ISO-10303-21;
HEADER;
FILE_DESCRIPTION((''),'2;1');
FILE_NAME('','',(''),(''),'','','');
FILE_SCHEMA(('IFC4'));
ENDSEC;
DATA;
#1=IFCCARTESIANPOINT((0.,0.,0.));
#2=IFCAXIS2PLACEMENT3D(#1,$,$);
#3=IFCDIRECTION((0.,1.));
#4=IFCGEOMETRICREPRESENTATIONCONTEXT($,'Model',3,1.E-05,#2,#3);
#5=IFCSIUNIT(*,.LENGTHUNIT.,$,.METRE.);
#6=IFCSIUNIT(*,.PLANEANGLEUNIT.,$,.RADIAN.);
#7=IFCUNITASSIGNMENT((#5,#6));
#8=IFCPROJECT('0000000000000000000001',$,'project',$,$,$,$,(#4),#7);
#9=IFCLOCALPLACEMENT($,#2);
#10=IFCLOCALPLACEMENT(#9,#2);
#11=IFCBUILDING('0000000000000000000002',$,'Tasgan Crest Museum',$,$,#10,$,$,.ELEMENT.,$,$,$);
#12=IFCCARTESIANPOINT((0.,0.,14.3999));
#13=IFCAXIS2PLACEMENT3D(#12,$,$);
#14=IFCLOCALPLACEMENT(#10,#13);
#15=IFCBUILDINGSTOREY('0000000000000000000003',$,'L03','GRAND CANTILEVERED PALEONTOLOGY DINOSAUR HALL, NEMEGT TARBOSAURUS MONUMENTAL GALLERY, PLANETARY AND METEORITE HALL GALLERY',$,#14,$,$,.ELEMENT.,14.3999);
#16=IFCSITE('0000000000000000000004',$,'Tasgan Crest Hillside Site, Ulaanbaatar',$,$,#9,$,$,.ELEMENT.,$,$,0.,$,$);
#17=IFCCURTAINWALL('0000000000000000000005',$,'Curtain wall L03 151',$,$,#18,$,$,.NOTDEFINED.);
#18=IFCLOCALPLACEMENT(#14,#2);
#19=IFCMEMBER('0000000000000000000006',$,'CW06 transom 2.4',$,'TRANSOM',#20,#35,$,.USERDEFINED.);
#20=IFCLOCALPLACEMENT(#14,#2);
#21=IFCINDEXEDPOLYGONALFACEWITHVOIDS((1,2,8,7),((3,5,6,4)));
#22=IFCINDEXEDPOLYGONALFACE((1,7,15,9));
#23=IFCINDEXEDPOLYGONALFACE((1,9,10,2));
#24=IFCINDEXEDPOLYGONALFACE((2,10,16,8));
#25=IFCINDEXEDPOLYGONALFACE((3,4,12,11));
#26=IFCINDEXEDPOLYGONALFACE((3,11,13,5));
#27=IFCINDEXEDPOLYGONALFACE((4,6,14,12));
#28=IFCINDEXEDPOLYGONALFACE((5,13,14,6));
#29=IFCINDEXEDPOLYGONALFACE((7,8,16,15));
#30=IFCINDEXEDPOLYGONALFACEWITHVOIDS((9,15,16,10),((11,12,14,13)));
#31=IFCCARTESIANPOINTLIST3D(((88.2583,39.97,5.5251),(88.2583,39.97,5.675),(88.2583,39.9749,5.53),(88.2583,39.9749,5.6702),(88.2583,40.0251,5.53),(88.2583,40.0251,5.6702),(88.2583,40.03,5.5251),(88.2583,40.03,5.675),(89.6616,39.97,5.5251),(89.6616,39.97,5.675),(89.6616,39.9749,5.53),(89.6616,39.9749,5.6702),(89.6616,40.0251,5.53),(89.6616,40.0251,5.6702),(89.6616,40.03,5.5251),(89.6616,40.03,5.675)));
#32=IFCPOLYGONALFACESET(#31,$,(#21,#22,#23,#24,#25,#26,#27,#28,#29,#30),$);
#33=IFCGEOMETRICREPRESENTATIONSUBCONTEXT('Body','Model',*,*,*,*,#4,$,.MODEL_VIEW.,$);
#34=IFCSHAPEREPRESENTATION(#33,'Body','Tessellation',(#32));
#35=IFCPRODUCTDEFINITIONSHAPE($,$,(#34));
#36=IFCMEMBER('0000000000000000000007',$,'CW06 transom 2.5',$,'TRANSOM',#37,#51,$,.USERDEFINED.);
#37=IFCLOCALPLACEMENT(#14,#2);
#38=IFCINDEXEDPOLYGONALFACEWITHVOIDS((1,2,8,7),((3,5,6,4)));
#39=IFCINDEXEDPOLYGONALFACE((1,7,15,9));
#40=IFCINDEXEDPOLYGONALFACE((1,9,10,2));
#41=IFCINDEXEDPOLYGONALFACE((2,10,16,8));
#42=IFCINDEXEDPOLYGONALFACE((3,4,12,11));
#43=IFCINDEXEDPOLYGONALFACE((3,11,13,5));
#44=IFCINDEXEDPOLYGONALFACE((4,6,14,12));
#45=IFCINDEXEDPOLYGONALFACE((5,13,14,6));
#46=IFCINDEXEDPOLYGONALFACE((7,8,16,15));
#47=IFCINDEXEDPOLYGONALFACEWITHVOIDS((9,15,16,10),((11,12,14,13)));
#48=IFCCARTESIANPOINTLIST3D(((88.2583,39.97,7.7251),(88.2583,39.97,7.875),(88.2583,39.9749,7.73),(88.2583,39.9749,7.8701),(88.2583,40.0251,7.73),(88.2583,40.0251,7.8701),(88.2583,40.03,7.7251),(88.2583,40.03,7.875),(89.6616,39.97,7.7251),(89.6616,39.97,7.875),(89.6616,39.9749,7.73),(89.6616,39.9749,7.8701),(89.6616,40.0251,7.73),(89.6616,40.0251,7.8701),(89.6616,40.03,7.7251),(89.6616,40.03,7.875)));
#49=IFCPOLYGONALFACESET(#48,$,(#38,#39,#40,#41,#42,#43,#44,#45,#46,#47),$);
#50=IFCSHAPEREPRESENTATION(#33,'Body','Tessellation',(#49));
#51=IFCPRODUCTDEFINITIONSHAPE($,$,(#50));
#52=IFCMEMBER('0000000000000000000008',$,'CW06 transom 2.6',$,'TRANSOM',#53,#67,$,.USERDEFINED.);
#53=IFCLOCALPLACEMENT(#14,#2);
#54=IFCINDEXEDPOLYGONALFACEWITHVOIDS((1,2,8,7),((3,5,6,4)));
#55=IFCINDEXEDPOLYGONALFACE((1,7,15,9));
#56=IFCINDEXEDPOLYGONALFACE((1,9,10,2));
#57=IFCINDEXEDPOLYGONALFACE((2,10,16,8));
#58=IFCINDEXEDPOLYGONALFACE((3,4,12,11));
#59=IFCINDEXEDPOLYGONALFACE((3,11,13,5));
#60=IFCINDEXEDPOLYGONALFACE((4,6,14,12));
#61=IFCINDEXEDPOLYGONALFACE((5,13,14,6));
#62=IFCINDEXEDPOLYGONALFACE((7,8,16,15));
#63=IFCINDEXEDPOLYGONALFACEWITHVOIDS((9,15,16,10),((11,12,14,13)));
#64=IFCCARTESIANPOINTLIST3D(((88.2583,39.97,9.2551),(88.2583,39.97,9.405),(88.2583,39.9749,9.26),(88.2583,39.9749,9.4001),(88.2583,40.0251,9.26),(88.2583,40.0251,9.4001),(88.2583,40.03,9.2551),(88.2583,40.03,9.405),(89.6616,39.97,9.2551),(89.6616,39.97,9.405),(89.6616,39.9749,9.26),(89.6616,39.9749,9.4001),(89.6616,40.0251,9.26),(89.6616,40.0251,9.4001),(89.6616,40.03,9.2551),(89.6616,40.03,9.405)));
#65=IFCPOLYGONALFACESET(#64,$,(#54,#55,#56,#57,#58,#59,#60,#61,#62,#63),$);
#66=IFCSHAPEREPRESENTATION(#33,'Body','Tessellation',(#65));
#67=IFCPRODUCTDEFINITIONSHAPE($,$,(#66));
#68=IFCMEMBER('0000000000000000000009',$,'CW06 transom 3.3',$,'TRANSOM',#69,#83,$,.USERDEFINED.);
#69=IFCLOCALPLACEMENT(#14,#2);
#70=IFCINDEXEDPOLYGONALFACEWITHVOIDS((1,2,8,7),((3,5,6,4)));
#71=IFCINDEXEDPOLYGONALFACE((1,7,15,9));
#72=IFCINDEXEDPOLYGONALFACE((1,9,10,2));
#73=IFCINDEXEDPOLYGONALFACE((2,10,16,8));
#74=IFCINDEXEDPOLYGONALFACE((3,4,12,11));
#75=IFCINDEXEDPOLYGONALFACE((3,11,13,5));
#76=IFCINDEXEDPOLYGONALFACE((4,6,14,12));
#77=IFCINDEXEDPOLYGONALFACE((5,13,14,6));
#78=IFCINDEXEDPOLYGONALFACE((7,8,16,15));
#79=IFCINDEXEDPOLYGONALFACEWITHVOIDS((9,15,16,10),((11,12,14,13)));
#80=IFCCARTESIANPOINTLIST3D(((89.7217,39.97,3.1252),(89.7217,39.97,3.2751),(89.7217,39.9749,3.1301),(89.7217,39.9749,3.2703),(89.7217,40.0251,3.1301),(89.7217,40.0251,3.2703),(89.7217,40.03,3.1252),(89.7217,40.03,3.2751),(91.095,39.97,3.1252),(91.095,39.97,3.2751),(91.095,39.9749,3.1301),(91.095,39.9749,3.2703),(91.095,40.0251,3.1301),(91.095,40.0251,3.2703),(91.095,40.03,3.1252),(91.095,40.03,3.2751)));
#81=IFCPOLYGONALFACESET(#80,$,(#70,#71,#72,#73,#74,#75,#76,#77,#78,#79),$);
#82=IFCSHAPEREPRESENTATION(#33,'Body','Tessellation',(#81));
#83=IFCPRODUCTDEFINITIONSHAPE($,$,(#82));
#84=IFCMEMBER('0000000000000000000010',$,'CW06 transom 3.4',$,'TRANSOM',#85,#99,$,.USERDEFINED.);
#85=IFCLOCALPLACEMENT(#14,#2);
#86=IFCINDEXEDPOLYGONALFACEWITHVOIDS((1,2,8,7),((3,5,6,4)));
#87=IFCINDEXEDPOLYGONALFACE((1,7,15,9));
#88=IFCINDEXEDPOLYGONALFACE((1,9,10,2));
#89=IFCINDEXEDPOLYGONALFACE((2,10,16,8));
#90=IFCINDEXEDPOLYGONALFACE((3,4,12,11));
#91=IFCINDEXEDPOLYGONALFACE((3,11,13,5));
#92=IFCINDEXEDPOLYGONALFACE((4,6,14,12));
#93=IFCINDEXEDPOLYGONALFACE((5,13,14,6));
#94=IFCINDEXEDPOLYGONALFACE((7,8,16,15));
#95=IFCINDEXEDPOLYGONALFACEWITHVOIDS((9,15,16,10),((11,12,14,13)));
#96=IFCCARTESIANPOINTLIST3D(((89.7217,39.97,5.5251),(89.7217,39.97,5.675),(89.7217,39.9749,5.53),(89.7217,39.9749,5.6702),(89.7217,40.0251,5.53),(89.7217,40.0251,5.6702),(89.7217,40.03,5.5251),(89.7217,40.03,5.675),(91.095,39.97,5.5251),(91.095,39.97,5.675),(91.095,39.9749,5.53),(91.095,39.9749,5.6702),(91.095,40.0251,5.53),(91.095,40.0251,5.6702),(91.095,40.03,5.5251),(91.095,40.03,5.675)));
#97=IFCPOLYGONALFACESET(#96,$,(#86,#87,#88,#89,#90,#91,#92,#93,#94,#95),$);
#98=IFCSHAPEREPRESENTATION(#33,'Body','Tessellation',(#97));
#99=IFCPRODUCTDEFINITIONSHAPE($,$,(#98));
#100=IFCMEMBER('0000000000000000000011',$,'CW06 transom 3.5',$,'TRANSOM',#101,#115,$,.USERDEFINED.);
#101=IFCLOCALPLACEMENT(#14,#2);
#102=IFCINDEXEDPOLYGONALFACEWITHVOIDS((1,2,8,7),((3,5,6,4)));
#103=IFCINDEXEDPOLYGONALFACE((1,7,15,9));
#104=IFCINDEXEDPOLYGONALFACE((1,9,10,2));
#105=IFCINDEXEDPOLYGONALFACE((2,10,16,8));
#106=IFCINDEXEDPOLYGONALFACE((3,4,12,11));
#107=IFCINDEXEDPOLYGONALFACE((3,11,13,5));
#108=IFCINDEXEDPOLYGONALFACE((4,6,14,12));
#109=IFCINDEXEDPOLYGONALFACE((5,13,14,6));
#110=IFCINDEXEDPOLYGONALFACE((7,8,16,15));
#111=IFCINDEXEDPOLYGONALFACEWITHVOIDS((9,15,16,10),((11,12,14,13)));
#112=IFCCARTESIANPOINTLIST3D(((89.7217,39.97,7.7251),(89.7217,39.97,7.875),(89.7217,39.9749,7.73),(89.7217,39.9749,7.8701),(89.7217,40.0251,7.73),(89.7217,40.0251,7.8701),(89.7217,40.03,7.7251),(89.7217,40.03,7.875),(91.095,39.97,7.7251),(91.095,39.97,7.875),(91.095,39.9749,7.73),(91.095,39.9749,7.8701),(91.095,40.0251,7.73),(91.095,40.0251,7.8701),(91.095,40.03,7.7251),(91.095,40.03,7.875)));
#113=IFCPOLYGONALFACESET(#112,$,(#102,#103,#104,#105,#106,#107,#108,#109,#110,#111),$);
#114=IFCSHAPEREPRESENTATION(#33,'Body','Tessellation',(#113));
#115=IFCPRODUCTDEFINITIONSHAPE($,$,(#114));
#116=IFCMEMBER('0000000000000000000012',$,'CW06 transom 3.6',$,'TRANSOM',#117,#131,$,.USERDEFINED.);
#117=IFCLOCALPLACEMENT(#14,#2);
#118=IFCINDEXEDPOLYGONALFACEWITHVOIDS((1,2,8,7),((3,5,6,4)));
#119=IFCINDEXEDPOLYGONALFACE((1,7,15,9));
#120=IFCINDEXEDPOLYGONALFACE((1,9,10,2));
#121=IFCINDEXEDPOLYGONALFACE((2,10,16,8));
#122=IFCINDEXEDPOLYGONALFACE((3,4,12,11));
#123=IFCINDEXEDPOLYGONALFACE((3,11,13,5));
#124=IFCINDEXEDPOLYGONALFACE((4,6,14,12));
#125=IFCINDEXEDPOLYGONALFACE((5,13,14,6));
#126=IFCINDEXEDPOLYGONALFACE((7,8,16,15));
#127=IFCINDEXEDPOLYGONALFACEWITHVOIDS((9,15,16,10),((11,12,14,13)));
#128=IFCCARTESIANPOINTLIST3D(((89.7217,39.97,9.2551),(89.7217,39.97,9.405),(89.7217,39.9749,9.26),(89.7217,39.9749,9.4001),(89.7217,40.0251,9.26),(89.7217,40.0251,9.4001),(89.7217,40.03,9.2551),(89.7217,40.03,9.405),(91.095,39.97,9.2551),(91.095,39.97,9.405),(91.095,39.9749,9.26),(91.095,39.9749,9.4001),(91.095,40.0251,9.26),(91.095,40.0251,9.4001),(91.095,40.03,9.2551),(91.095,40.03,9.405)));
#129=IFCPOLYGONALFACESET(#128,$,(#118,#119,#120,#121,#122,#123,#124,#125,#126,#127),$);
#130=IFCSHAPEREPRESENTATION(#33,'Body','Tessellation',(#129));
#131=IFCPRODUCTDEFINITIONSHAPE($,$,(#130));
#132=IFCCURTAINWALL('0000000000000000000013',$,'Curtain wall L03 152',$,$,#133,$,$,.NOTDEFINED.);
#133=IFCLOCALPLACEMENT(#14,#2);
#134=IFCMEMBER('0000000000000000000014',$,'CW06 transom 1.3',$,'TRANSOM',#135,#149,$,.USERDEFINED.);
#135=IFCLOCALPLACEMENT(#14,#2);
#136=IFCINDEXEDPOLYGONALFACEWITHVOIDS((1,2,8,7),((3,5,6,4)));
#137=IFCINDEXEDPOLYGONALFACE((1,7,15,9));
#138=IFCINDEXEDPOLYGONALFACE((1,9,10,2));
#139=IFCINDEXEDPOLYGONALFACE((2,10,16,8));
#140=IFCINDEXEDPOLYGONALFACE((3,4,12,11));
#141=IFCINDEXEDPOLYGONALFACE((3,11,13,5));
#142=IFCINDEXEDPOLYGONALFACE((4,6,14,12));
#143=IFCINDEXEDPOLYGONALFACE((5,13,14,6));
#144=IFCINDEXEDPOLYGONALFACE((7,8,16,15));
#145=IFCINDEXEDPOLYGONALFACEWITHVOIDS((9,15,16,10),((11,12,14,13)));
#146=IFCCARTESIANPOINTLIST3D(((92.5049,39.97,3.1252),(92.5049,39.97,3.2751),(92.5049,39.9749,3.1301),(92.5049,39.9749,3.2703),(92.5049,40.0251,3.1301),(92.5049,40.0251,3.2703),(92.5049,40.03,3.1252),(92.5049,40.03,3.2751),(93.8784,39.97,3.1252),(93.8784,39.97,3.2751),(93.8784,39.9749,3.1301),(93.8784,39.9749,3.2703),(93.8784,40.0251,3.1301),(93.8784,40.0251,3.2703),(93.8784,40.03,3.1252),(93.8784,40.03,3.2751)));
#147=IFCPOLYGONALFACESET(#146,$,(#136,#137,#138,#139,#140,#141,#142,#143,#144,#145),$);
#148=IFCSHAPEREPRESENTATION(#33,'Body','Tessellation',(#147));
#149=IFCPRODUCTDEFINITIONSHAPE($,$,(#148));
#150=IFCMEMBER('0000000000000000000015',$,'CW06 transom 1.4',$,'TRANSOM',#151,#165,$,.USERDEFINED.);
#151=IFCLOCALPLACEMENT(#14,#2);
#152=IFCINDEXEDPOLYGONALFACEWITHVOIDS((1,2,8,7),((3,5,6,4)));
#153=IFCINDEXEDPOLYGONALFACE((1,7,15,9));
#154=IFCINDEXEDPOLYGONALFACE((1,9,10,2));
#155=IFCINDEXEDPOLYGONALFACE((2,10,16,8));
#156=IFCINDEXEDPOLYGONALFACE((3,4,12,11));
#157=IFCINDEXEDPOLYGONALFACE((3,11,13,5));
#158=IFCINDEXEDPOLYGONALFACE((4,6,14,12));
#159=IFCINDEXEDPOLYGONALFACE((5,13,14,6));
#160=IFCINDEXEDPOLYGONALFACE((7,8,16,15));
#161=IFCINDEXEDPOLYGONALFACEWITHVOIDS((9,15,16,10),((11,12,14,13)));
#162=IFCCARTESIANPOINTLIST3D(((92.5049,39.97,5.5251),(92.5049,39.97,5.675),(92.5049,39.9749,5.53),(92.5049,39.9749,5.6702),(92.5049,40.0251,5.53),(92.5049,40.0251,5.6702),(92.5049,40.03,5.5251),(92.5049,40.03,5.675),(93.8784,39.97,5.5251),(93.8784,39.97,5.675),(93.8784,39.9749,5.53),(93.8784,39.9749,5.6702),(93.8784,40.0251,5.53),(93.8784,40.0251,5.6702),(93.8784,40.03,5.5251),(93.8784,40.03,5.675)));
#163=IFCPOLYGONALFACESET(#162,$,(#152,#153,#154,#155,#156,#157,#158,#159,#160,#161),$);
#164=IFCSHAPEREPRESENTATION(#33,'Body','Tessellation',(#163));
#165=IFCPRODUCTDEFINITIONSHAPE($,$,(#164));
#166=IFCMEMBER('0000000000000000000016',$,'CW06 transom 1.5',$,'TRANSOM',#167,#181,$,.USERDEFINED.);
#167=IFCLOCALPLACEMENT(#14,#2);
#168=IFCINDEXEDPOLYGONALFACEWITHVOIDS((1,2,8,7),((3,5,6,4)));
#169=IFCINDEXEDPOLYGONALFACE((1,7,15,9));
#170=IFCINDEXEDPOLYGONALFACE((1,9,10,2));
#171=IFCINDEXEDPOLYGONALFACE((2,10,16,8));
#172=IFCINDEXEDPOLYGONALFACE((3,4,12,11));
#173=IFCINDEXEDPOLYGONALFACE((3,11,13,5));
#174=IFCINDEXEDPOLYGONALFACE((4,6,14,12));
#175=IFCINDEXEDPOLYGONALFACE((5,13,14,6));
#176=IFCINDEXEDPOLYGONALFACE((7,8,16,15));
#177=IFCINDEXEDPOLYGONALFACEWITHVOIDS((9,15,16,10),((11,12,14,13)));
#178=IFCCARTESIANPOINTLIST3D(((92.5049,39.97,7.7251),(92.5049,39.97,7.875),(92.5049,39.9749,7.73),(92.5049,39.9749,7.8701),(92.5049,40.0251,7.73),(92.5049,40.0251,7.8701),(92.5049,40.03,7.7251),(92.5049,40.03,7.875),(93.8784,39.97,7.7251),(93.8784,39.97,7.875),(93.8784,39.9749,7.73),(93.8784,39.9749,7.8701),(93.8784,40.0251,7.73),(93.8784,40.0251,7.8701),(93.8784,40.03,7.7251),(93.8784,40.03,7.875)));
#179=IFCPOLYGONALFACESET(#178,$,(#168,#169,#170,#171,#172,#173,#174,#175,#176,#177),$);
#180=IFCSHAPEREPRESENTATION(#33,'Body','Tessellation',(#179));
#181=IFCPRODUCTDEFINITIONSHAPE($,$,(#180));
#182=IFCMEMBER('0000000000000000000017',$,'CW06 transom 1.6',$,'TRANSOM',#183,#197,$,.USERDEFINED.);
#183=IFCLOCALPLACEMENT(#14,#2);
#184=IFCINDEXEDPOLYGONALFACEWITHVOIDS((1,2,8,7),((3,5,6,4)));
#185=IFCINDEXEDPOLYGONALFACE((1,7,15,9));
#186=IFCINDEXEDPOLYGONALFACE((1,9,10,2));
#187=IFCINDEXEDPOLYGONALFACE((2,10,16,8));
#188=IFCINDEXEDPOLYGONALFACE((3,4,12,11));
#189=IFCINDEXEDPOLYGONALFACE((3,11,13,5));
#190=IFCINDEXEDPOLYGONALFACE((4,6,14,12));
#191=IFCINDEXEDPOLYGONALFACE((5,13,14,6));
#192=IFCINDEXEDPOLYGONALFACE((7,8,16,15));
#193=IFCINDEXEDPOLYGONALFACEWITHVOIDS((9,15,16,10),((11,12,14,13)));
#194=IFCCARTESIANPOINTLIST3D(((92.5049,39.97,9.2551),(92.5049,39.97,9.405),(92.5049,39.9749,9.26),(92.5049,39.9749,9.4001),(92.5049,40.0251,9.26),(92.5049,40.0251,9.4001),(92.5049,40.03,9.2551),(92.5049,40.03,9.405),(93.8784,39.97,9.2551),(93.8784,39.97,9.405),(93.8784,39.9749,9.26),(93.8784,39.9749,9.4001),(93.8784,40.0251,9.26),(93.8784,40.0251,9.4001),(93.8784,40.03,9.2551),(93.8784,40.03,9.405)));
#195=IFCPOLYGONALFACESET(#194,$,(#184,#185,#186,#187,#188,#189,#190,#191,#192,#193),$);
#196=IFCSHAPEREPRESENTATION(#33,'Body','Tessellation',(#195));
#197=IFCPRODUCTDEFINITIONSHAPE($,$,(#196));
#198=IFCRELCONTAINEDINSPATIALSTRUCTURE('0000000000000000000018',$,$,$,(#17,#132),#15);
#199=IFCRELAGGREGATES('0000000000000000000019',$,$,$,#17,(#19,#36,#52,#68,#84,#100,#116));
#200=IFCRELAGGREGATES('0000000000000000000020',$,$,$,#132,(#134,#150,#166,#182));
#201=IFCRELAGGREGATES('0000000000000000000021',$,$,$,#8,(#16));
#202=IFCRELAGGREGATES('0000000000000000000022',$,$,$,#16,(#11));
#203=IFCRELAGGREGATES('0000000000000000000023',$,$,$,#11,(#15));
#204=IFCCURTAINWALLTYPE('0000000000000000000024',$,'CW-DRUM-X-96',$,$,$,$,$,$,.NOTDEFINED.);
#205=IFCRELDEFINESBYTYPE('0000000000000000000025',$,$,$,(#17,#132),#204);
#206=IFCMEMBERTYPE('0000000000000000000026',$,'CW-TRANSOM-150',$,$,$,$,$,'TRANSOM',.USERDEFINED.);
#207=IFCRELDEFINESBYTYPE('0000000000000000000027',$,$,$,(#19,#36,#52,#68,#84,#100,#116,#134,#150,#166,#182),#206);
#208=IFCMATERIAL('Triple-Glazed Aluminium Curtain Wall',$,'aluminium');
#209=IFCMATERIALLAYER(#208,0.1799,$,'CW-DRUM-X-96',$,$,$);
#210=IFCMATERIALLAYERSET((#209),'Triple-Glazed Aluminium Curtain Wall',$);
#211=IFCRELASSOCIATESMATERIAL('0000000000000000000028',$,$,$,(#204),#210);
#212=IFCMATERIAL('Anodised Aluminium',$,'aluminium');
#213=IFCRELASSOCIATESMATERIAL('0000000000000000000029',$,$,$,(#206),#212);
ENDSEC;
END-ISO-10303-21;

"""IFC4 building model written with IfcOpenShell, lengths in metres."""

from ifc_helpers import new_model, si_unit, direction, frame, origin, origin_2d, place, context, subcontext, project, spatial, hollow_rectangle, extrude, material, layer, layer_set, material_profile, profile_set, type_object, element, aggregate, save


model = new_model("IFC4")

# Units and contexts
model_context = context("Model", 3, precision=1e-05, world=origin(), true_north=direction((0.0, 1.0)))
body_context = subcontext(model_context, "Body", "Model", "MODEL_VIEW")
ifc_project = project(units=[si_unit("LENGTHUNIT", "METRE"), si_unit("PLANEANGLEUNIT", "RADIAN")], contexts=[model_context])

# Site, building, storey
site_placement = place(None, origin())
site = spatial("IfcSite", under=ifc_project, at=site_placement, Name="Tasgan Crest Hillside Site, Ulaanbaatar", CompositionType="ELEMENT", RefElevation=0.0)
building_placement = place(site_placement, origin())
building = spatial("IfcBuilding", under=site, at=building_placement, Name="Tasgan Crest Museum", CompositionType="ELEMENT")
storey_placement = place(building_placement, frame((0.0, 0.0, 14.3999)))
storey = spatial("IfcBuildingStorey", under=building, at=storey_placement, Name="L03", Description="GRAND CANTILEVERED PALEONTOLOGY DINOSAUR HALL, NEMEGT TARBOSAURUS MONUMENTAL GALLERY, PLANETARY AND METEORITE HALL GALLERY", CompositionType="ELEMENT", Elevation=14.3999)

# Curtain walls, members
ifc_material_1 = material(Name="Triple-Glazed Aluminium Curtain Wall", Category="aluminium")
ifc_layer_1 = layer(ifc_material_1, 0.1799, Name="CW-DRUM-X-96")
ifc_layer_set_1 = layer_set([ifc_layer_1], Name="Triple-Glazed Aluminium Curtain Wall")
curtain_wall_type = type_object("IfcCurtainWallType", Name="CW-DRUM-X-96", PredefinedType="NOTDEFINED", material=ifc_layer_set_1)
curtain_wall_1_placement = place(storey_placement, origin())
curtain_wall_1 = element("IfcCurtainWall", 1, at=curtain_wall_1_placement, inside=storey, type_object=curtain_wall_type, Name="Curtain wall L03 151", PredefinedType="NOTDEFINED")
ifc_material_2 = material(Name="Anodised Aluminium", Category="aluminium")
ifc_material_profile = material_profile(ifc_material_2, hollow_rectangle(XDim=0.0601, YDim=0.1499, WallThickness=0.0049, at=origin_2d()), Name="ALU TRANSOM 150x60x5")
ifc_profile_set = profile_set([ifc_material_profile], Name="Anodised Aluminium")
member_type = type_object("IfcMemberType", Name="CW-TRANSOM-150", ElementType="TRANSOM", PredefinedType="USERDEFINED", material=ifc_profile_set)
member_1_placement = place(storey_placement, frame((88.2583, 40.0, 5.6001), z_axis=(1.0, 0.0, 0.0), x_axis=(0.0, 1.0, 0.0)))
member_1 = element("IfcMember", 2, at=member_1_placement, type_object=member_type, Name="CW06 transom 2.4", ObjectType="TRANSOM", PredefinedType="USERDEFINED", context=body_context, shape_type="SweptSolid", body=[
    extrude(hollow_rectangle(XDim=0.0601, YDim=0.1499, WallThickness=0.0049, at=origin_2d()), origin(), (0.0, 0.0, 1.0), 1.4033),
])
member_2_placement = place(storey_placement, frame((88.2583, 40.0, 7.8), z_axis=(1.0, 0.0, 0.0), x_axis=(0.0, 1.0, 0.0)))
member_2 = element("IfcMember", 3, at=member_2_placement, type_object=member_type, Name="CW06 transom 2.5", ObjectType="TRANSOM", PredefinedType="USERDEFINED", context=body_context, shape_type="SweptSolid", body=[
    extrude(hollow_rectangle(XDim=0.0601, YDim=0.1499, WallThickness=0.0049, at=origin_2d()), origin(), (0.0, 0.0, 1.0), 1.4033),
])
member_3_placement = place(storey_placement, frame((88.2583, 40.0, 9.3301), z_axis=(1.0, 0.0, 0.0), x_axis=(0.0, 1.0, 0.0)))
member_3 = element("IfcMember", 4, at=member_3_placement, type_object=member_type, Name="CW06 transom 2.6", ObjectType="TRANSOM", PredefinedType="USERDEFINED", context=body_context, shape_type="SweptSolid", body=[
    extrude(hollow_rectangle(XDim=0.0601, YDim=0.1499, WallThickness=0.0049, at=origin_2d()), origin(), (0.0, 0.0, 1.0), 1.4033),
])
member_4_placement = place(storey_placement, frame((89.7217, 40.0, 3.2002), z_axis=(1.0, 0.0, 0.0), x_axis=(0.0, 1.0, 0.0)))
member_4 = element("IfcMember", 5, at=member_4_placement, type_object=member_type, Name="CW06 transom 3.3", ObjectType="TRANSOM", PredefinedType="USERDEFINED", context=body_context, shape_type="SweptSolid", body=[
    extrude(hollow_rectangle(XDim=0.0601, YDim=0.1499, WallThickness=0.0049, at=origin_2d()), origin(), (0.0, 0.0, 1.0), 1.3733),
])
member_5_placement = place(storey_placement, frame((89.7217, 40.0, 5.6001), z_axis=(1.0, 0.0, 0.0), x_axis=(0.0, 1.0, 0.0)))
member_5 = element("IfcMember", 6, at=member_5_placement, type_object=member_type, Name="CW06 transom 3.4", ObjectType="TRANSOM", PredefinedType="USERDEFINED", context=body_context, shape_type="SweptSolid", body=[
    extrude(hollow_rectangle(XDim=0.0601, YDim=0.1499, WallThickness=0.0049, at=origin_2d()), origin(), (0.0, 0.0, 1.0), 1.3733),
])
member_6_placement = place(storey_placement, frame((89.7217, 40.0, 7.8), z_axis=(1.0, 0.0, 0.0), x_axis=(0.0, 1.0, 0.0)))
member_6 = element("IfcMember", 7, at=member_6_placement, type_object=member_type, Name="CW06 transom 3.5", ObjectType="TRANSOM", PredefinedType="USERDEFINED", context=body_context, shape_type="SweptSolid", body=[
    extrude(hollow_rectangle(XDim=0.0601, YDim=0.1499, WallThickness=0.0049, at=origin_2d()), origin(), (0.0, 0.0, 1.0), 1.3733),
])
member_7_placement = place(storey_placement, frame((89.7217, 40.0, 9.3301), z_axis=(1.0, 0.0, 0.0), x_axis=(0.0, 1.0, 0.0)))
member_7 = element("IfcMember", 8, at=member_7_placement, type_object=member_type, Name="CW06 transom 3.6", ObjectType="TRANSOM", PredefinedType="USERDEFINED", context=body_context, shape_type="SweptSolid", body=[
    extrude(hollow_rectangle(XDim=0.0601, YDim=0.1499, WallThickness=0.0049, at=origin_2d()), origin(), (0.0, 0.0, 1.0), 1.3733),
])
curtain_wall_2_placement = place(storey_placement, origin())
curtain_wall_2 = element("IfcCurtainWall", 9, at=curtain_wall_2_placement, inside=storey, type_object=curtain_wall_type, Name="Curtain wall L03 152", PredefinedType="NOTDEFINED")
member_8_placement = place(storey_placement, frame((92.5049, 40.0, 3.2002), z_axis=(1.0, 0.0, 0.0), x_axis=(0.0, 1.0, 0.0)))
member_8 = element("IfcMember", 10, at=member_8_placement, type_object=member_type, Name="CW06 transom 1.3", ObjectType="TRANSOM", PredefinedType="USERDEFINED", context=body_context, shape_type="SweptSolid", body=[
    extrude(hollow_rectangle(XDim=0.0601, YDim=0.1499, WallThickness=0.0049, at=origin_2d()), origin(), (0.0, 0.0, 1.0), 1.3735),
])
member_9_placement = place(storey_placement, frame((92.5049, 40.0, 5.6001), z_axis=(1.0, 0.0, 0.0), x_axis=(0.0, 1.0, 0.0)))
member_9 = element("IfcMember", 11, at=member_9_placement, type_object=member_type, Name="CW06 transom 1.4", ObjectType="TRANSOM", PredefinedType="USERDEFINED", context=body_context, shape_type="SweptSolid", body=[
    extrude(hollow_rectangle(XDim=0.0601, YDim=0.1499, WallThickness=0.0049, at=origin_2d()), origin(), (0.0, 0.0, 1.0), 1.3735),
])
member_10_placement = place(storey_placement, frame((92.5049, 40.0, 7.8), z_axis=(1.0, 0.0, 0.0), x_axis=(0.0, 1.0, 0.0)))
member_10 = element("IfcMember", 12, at=member_10_placement, type_object=member_type, Name="CW06 transom 1.5", ObjectType="TRANSOM", PredefinedType="USERDEFINED", context=body_context, shape_type="SweptSolid", body=[
    extrude(hollow_rectangle(XDim=0.0601, YDim=0.1499, WallThickness=0.0049, at=origin_2d()), origin(), (0.0, 0.0, 1.0), 1.3735),
])
member_11_placement = place(storey_placement, frame((92.5049, 40.0, 9.3301), z_axis=(1.0, 0.0, 0.0), x_axis=(0.0, 1.0, 0.0)))
member_11 = element("IfcMember", 13, at=member_11_placement, type_object=member_type, Name="CW06 transom 1.6", ObjectType="TRANSOM", PredefinedType="USERDEFINED", context=body_context, shape_type="SweptSolid", body=[
    extrude(hollow_rectangle(XDim=0.0601, YDim=0.1499, WallThickness=0.0049, at=origin_2d()), origin(), (0.0, 0.0, 1.0), 1.3735),
])

aggregate(curtain_wall_1, [member_1, member_2, member_3, member_4, member_5, member_6, member_7])
aggregate(curtain_wall_2, [member_8, member_9, member_10, member_11])

save(model, "model.ifc")
